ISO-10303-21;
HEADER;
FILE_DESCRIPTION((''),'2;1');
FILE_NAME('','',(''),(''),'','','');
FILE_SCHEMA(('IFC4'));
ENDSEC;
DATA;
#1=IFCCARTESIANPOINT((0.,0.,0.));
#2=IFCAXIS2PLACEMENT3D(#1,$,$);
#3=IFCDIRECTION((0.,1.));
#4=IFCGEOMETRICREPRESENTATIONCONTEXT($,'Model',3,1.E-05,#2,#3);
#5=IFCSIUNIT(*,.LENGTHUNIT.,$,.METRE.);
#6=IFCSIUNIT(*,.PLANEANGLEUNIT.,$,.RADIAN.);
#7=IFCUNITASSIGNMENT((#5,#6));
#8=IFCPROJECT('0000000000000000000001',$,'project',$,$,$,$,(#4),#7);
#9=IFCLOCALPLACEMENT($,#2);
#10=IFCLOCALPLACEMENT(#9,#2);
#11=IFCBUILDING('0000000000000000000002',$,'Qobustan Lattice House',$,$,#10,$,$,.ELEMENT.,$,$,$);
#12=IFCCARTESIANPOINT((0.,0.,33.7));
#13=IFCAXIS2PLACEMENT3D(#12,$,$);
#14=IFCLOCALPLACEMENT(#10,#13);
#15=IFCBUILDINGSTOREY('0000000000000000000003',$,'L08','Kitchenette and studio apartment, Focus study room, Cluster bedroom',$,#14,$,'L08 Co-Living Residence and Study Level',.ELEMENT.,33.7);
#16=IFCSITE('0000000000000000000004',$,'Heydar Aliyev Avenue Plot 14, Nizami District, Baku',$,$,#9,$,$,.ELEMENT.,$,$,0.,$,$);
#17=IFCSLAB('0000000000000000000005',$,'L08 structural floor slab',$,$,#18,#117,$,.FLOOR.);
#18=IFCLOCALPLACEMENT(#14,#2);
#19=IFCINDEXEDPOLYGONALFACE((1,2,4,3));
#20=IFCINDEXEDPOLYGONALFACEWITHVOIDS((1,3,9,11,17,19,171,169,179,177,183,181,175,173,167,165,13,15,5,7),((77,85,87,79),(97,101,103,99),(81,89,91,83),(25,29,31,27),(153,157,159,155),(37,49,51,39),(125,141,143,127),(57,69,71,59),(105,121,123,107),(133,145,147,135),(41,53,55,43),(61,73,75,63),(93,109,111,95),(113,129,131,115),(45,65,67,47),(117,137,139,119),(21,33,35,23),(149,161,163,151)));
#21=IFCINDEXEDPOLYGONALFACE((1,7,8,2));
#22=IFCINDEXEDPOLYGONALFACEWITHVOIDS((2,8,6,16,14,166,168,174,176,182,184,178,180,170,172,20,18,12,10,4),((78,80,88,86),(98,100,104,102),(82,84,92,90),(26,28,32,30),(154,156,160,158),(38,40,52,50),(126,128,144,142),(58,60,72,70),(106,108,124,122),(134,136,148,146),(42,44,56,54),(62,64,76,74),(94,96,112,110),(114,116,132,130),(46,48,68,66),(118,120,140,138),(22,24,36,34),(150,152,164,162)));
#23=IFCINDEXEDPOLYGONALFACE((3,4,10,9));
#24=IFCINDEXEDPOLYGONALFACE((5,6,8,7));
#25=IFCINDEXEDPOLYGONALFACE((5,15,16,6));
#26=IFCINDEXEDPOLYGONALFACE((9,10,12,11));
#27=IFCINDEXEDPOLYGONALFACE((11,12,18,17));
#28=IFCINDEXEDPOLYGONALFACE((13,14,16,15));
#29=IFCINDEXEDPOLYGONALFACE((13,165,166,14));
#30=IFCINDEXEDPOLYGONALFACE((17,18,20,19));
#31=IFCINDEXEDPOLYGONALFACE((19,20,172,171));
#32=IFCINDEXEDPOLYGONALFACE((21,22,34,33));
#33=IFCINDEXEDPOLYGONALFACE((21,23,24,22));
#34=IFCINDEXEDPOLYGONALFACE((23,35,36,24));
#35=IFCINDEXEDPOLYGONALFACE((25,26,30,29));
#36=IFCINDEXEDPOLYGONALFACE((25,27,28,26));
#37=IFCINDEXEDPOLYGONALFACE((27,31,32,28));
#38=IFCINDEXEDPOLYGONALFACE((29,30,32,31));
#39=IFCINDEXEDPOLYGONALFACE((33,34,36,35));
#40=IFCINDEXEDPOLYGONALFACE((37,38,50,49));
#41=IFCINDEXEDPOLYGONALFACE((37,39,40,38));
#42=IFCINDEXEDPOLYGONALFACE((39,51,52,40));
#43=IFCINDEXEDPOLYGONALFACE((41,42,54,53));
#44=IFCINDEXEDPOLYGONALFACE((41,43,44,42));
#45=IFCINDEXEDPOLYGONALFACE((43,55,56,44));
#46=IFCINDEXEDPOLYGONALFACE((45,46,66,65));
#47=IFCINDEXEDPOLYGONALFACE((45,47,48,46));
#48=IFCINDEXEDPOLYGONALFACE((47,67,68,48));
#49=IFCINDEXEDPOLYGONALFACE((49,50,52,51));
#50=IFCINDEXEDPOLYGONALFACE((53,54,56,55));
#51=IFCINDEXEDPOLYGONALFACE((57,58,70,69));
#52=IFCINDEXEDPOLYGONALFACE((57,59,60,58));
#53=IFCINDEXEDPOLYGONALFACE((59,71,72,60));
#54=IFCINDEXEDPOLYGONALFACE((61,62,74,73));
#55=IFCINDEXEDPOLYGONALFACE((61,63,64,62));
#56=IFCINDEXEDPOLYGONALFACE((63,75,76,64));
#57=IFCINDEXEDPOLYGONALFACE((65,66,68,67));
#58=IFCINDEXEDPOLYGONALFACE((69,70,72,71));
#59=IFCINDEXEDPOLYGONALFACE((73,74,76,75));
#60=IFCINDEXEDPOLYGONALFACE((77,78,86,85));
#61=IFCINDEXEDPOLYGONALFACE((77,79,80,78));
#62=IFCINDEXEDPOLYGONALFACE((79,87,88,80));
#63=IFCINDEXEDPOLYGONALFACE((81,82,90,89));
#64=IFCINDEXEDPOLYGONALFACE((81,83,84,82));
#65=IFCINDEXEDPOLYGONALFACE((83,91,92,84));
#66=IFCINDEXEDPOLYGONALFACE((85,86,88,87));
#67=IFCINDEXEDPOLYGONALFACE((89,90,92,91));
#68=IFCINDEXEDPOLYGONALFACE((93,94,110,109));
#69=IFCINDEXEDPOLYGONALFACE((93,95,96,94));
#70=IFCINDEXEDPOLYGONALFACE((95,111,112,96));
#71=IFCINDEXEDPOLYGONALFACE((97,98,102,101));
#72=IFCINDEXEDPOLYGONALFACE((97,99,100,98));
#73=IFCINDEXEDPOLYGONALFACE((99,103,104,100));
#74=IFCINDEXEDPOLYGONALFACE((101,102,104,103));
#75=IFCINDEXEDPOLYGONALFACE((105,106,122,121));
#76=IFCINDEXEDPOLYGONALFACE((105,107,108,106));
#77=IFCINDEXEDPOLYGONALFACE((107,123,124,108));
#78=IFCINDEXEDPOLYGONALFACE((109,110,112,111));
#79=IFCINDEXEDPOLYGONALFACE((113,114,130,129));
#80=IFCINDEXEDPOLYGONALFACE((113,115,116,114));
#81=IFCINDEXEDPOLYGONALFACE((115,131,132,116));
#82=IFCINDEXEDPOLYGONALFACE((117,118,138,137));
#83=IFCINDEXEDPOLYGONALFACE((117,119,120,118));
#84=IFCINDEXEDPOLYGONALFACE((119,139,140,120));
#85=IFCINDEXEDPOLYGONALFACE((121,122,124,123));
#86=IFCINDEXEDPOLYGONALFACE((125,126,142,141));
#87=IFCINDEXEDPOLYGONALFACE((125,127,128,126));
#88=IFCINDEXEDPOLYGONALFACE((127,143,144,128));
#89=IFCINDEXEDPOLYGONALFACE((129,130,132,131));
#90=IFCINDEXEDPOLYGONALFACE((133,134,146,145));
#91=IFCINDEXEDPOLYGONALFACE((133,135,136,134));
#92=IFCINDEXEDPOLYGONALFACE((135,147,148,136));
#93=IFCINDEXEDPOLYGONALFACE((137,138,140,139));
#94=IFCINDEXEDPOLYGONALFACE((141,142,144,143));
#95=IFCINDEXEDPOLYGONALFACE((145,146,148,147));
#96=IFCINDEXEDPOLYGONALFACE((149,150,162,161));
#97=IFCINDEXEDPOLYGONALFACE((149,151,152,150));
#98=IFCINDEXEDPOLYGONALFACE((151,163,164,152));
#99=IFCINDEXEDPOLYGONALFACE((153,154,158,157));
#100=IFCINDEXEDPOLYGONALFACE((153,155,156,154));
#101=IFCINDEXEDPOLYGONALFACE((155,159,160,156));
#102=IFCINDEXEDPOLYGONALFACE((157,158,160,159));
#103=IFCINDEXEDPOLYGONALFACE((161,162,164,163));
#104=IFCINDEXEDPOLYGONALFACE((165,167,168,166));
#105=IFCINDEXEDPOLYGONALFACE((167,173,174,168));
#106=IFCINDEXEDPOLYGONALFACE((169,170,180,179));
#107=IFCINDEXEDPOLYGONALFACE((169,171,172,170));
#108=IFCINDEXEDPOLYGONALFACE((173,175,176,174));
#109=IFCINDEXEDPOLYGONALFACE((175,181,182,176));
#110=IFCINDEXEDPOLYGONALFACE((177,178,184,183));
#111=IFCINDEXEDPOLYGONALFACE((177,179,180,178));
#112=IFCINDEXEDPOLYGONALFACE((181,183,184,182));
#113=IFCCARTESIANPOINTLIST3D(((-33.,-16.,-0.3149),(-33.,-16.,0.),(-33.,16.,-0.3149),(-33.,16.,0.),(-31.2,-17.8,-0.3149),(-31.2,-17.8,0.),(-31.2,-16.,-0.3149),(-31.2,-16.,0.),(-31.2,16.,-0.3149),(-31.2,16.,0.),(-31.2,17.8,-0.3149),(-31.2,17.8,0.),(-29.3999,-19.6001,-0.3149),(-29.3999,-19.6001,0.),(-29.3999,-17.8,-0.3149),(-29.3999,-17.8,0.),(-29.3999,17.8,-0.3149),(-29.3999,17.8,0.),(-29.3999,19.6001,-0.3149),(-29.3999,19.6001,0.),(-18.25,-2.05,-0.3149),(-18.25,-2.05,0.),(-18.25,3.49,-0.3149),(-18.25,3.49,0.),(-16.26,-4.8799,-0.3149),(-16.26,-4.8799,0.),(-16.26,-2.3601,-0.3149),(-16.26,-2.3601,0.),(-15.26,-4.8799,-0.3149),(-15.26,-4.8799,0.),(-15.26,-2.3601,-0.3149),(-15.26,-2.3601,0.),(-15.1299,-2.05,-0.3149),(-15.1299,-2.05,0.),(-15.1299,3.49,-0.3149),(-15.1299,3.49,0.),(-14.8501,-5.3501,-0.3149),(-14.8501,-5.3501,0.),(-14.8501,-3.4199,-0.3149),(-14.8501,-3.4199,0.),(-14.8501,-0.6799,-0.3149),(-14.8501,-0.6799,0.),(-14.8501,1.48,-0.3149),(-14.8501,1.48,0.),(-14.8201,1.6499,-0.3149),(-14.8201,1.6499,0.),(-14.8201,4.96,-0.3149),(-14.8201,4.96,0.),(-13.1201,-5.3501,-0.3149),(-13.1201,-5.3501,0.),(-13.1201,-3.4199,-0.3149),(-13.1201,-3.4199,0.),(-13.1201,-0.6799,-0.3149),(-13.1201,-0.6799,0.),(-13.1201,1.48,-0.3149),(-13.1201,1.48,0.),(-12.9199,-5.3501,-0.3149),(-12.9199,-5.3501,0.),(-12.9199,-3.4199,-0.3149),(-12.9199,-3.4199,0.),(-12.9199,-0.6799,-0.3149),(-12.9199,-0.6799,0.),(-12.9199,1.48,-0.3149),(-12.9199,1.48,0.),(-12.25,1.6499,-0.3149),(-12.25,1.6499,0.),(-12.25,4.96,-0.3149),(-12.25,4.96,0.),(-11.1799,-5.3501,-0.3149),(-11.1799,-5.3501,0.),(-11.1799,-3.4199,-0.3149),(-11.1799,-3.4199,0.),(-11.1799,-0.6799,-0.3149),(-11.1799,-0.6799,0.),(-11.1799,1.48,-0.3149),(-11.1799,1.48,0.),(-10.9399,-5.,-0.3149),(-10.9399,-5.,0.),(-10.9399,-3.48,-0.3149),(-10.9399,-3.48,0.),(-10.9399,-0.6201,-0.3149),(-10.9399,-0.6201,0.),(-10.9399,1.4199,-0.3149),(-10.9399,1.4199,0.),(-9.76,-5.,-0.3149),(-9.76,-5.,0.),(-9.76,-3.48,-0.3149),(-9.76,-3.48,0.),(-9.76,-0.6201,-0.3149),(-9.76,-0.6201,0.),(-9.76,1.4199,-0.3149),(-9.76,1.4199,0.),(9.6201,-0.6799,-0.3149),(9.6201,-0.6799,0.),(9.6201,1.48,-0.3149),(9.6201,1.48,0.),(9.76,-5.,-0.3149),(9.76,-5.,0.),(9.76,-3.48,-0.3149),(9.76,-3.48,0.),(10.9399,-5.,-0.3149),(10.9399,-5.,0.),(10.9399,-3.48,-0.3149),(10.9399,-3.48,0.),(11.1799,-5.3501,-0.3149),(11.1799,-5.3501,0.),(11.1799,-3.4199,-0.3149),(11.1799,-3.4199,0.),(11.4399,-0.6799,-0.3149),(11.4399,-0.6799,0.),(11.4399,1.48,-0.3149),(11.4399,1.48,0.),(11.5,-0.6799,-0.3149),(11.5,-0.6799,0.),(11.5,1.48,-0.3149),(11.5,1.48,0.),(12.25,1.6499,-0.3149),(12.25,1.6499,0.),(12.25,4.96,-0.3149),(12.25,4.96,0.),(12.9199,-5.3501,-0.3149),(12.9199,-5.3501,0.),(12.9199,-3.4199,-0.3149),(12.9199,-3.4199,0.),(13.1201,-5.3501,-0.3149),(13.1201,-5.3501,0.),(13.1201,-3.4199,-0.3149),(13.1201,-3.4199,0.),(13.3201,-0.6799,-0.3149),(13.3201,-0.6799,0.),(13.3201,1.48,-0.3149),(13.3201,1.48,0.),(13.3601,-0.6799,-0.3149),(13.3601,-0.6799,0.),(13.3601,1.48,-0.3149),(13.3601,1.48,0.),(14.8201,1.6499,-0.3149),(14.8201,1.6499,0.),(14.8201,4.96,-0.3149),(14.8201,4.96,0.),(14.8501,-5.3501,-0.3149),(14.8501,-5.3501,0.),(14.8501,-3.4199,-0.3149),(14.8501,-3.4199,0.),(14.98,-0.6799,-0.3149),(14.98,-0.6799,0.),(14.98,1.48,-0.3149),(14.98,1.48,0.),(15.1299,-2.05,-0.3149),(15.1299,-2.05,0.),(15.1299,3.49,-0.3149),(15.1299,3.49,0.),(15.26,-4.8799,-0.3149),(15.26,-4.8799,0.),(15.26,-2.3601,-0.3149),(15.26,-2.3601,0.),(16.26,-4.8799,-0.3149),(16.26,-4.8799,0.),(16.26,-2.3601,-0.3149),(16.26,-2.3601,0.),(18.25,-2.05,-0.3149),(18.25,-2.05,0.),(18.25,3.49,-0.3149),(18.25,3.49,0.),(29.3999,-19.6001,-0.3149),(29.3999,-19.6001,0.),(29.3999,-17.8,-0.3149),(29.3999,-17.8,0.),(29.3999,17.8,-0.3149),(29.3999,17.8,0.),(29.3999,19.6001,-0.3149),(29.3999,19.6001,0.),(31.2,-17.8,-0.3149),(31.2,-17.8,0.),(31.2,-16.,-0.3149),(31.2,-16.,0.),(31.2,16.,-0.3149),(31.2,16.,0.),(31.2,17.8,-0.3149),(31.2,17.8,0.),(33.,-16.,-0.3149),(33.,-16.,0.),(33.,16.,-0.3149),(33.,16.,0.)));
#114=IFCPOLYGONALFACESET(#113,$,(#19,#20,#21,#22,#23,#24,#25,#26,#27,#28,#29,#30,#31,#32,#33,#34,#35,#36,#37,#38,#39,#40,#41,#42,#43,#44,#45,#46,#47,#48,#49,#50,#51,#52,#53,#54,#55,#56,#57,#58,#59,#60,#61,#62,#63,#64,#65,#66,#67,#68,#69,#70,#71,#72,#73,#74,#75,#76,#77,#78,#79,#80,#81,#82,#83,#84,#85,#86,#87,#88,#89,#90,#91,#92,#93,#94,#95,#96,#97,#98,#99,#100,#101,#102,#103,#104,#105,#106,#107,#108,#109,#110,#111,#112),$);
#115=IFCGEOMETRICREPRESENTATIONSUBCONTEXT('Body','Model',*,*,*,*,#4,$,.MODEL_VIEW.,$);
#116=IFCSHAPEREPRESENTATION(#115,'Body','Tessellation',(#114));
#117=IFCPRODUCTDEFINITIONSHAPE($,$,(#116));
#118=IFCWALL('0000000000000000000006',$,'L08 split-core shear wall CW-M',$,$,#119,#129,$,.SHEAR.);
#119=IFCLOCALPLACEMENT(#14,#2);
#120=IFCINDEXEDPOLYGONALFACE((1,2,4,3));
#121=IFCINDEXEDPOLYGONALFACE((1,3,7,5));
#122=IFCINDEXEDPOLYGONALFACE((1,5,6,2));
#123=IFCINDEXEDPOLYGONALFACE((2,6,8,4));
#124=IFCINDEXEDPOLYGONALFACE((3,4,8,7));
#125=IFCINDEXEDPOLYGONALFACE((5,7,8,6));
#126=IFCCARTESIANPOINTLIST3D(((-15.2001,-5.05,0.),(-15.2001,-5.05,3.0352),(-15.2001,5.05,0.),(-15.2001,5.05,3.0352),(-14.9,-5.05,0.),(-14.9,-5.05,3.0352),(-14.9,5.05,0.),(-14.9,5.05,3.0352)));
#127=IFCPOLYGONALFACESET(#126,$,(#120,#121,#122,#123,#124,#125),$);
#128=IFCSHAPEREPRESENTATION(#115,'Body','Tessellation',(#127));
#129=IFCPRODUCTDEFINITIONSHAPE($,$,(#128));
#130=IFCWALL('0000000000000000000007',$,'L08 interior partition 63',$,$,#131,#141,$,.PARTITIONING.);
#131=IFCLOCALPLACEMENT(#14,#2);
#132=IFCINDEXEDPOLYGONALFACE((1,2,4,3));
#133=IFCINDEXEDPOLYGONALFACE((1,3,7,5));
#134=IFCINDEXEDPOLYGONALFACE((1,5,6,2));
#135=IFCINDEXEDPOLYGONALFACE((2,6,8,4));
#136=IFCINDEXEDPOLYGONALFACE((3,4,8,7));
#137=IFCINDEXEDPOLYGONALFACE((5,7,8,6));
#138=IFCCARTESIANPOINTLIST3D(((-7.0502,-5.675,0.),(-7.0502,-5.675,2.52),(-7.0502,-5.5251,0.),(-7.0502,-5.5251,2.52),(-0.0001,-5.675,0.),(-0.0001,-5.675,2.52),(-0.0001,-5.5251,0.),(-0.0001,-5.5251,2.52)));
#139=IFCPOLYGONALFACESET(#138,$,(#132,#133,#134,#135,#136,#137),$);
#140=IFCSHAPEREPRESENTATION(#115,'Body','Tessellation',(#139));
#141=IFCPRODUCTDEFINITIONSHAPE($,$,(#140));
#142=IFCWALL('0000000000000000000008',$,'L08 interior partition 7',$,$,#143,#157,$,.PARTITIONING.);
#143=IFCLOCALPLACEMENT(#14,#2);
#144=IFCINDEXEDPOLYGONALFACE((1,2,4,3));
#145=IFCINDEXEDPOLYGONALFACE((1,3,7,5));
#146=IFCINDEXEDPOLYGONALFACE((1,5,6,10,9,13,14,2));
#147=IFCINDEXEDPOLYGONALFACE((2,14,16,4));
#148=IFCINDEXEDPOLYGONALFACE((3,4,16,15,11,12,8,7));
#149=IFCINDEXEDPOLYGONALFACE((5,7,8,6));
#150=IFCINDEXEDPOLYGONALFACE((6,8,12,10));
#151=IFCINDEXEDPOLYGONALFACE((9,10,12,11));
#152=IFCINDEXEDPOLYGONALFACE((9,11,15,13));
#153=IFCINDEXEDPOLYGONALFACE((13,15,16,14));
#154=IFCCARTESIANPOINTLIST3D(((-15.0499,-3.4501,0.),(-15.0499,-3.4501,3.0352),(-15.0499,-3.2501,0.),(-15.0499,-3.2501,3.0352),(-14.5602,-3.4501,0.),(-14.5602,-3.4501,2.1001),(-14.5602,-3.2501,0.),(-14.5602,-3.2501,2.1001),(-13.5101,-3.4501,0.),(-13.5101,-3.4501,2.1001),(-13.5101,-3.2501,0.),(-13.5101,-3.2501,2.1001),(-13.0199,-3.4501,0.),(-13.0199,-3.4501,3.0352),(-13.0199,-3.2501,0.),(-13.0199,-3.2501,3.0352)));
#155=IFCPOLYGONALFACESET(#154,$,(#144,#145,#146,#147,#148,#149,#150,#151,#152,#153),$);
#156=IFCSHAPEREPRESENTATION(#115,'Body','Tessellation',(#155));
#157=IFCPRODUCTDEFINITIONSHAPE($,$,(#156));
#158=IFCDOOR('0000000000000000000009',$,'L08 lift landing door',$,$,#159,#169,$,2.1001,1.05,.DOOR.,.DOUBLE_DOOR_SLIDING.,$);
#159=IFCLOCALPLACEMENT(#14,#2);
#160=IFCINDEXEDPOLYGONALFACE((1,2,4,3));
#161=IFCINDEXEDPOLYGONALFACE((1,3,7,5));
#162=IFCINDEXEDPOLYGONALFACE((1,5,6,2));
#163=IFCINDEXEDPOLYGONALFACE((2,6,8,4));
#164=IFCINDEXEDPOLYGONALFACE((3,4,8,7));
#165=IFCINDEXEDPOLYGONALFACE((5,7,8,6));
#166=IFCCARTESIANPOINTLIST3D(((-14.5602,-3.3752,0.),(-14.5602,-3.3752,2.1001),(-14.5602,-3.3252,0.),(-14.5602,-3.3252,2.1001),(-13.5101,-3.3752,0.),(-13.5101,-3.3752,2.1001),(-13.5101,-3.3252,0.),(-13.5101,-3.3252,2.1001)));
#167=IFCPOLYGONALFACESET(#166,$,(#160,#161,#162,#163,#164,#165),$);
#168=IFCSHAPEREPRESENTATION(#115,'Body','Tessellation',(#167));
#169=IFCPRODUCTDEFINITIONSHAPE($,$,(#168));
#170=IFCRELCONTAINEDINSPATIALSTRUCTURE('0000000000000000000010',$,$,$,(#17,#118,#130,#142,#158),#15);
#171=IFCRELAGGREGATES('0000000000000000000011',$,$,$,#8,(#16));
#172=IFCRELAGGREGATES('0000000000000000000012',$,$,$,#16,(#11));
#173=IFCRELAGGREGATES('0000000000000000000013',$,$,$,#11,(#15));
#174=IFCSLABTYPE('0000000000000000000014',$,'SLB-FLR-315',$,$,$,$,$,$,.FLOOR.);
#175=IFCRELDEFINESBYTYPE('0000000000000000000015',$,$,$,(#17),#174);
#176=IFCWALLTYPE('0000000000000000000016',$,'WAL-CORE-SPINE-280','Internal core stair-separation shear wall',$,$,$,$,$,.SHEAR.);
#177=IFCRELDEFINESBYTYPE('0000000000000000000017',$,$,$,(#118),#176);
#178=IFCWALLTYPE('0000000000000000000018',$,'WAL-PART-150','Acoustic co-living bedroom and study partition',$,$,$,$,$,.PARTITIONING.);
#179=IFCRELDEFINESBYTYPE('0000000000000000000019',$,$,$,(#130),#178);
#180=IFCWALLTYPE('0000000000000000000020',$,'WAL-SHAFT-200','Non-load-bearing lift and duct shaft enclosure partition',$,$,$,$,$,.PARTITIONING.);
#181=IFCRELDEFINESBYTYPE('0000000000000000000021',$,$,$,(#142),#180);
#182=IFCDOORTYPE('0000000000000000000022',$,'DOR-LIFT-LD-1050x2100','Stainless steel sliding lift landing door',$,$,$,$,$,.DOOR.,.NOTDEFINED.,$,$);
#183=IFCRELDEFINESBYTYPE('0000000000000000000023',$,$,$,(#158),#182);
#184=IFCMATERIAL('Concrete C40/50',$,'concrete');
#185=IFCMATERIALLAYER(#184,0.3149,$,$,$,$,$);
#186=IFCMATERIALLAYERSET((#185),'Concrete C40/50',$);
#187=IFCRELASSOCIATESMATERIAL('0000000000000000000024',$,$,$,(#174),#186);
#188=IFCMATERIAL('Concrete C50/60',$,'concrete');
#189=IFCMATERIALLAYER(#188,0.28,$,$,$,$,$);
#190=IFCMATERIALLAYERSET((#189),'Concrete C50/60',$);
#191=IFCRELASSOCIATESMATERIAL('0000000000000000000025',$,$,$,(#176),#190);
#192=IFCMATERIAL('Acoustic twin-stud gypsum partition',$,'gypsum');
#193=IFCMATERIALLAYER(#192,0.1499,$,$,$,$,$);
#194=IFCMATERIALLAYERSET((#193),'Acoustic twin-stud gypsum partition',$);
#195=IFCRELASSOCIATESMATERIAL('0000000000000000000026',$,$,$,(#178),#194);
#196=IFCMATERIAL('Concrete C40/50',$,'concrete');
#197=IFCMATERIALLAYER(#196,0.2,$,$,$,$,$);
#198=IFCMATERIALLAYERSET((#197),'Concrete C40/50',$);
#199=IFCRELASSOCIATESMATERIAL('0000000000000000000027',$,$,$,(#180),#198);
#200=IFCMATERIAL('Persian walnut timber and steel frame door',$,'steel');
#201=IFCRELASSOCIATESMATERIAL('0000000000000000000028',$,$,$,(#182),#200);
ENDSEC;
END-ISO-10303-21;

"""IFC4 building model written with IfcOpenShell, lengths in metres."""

from ifc_helpers import new_model, si_unit, direction, frame, frame_2d, origin, place, context, subcontext, project, spatial, polyline, rectangle, outline, extrude, material, layer, layer_set, type_object, element, fill, save


model = new_model("IFC4")

# Units and contexts
model_context = context("Model", 3, precision=1e-05, world=origin(), true_north=direction((0.0, 1.0)))
body_context = subcontext(model_context, "Body", "Model", "MODEL_VIEW")
ifc_project = project(units=[si_unit("LENGTHUNIT", "METRE"), si_unit("PLANEANGLEUNIT", "RADIAN")], contexts=[model_context])

# Site, building, storey
site_placement = place(None, origin())
site = spatial("IfcSite", under=ifc_project, at=site_placement, Name="Heydar Aliyev Avenue Plot 14, Nizami District, Baku", CompositionType="ELEMENT", RefElevation=0.0)
building_placement = place(site_placement, origin())
building = spatial("IfcBuilding", under=site, at=building_placement, Name="Qobustan Lattice House", CompositionType="ELEMENT")
storey_placement = place(building_placement, frame((0.0, 0.0, 33.7)))
storey = spatial("IfcBuildingStorey", under=building, at=storey_placement, Name="L08", Description="Kitchenette and studio apartment, Focus study room, Cluster bedroom", LongName="L08 Co-Living Residence and Study Level", CompositionType="ELEMENT", Elevation=33.7)

# Slab
ifc_material_1 = material(Name="Concrete C40/50", Category="concrete")
ifc_layer_1 = layer(ifc_material_1, 0.3149)
ifc_layer_set_1 = layer_set([ifc_layer_1], Name="Concrete C40/50")
slab_type = type_object("IfcSlabType", Name="SLB-FLR-315", PredefinedType="FLOOR", material=ifc_layer_set_1)
slab_placement = place(storey_placement, frame((0.0, 0.0, -0.3149)))
element("IfcSlab", 1, at=slab_placement, inside=storey, type_object=slab_type, Name="L08 structural floor slab", PredefinedType="FLOOR", context=body_context, shape_type="SweptSolid", body=[
    extrude(outline(polyline([(-29.3999, -19.6001), (29.3999, -19.6001), (29.3999, -17.8), (31.2, -17.8), (31.2, -16.0), (33.0, -16.0), (33.0, 16.0), (31.2, 16.0), (31.2, 17.8), (29.3999, 17.8), (29.3999, 19.6001), (-29.3999, 19.6001), (-29.3999, 17.8), (-31.2, 17.8), (-31.2, 16.0), (-33.0, 16.0), (-33.0, -16.0), (-31.2, -16.0), (-31.2, -17.8), (-29.3999, -17.8), (-29.3999, -19.6001)]), holes=[polyline([(-18.25, -2.05), (-18.25, 3.49), (-15.1299, 3.49), (-15.1299, -2.05), (-18.25, -2.05)]), polyline([(15.1299, -2.05), (15.1299, 3.49), (18.25, 3.49), (18.25, -2.05), (15.1299, -2.05)]), polyline([(-14.8201, 1.6499), (-14.8201, 4.96), (-12.25, 4.96), (-12.25, 1.6499), (-14.8201, 1.6499)]), polyline([(12.25, 1.6499), (12.25, 4.96), (14.8201, 4.96), (14.8201, 1.6499), (12.25, 1.6499)]), polyline([(-16.26, -4.8799), (-16.26, -2.3601), (-15.26, -2.3601), (-15.26, -4.8799), (-16.26, -4.8799)]), polyline([(15.26, -4.8799), (15.26, -2.3601), (16.26, -2.3601), (16.26, -4.8799), (15.26, -4.8799)]), polyline([(-14.8501, -5.3501), (-14.8501, -3.4199), (-13.1201, -3.4199), (-13.1201, -5.3501), (-14.8501, -5.3501)]), polyline([(-12.9199, -5.3501), (-12.9199, -3.4199), (-11.1799, -3.4199), (-11.1799, -5.3501), (-12.9199, -5.3501)]), polyline([(-14.8501, -0.6799), (-14.8501, 1.48), (-13.1201, 1.48), (-13.1201, -0.6799), (-14.8501, -0.6799)]), polyline([(-12.9199, -0.6799), (-12.9199, 1.48), (-11.1799, 1.48), (-11.1799, -0.6799), (-12.9199, -0.6799)]), polyline([(-10.9399, -5.0), (-10.9399, -3.48), (-9.76, -3.48), (-9.76, -5.0), (-10.9399, -5.0)]), polyline([(-10.9399, -0.6201), (-10.9399, 1.4199), (-9.76, 1.4199), (-9.76, -0.6201), (-10.9399, -0.6201)]), polyline([(11.1799, -5.3501), (11.1799, -3.4199), (12.9199, -3.4199), (12.9199, -5.3501), (11.1799, -5.3501)]), polyline([(13.1201, -5.3501), (13.1201, -3.4199), (14.8501, -3.4199), (14.8501, -5.3501), (13.1201, -5.3501)]), polyline([(9.76, -5.0), (9.76, -3.48), (10.9399, -3.48), (10.9399, -5.0), (9.76, -5.0)]), polyline([(13.3601, -0.6799), (13.3601, 1.48), (14.98, 1.48), (14.98, -0.6799), (13.3601, -0.6799)]), polyline([(9.6201, -0.6799), (9.6201, 1.48), (11.4399, 1.48), (11.4399, -0.6799), (9.6201, -0.6799)]), polyline([(11.5, -0.6799), (11.5, 1.48), (13.3201, 1.48), (13.3201, -0.6799), (11.5, -0.6799)])]), origin(), (0.0, 0.0, 1.0), 0.3149),
])

# Wall
ifc_material_2 = material(Name="Concrete C50/60", Category="concrete")
ifc_layer_2 = layer(ifc_material_2, 0.28)
ifc_layer_set_2 = layer_set([ifc_layer_2], Name="Concrete C50/60")
wall_type_1 = type_object("IfcWallType", Name="WAL-CORE-SPINE-280", Description="Internal core stair-separation shear wall", PredefinedType="SHEAR", material=ifc_layer_set_2)
wall_1_placement = place(storey_placement, frame((-15.05, -5.05, 0.0), z_axis=(0.0, 0.0, 1.0), x_axis=(0.0, 1.0, 0.0)))
element("IfcWall", 2, at=wall_1_placement, inside=storey, type_object=wall_type_1, Name="L08 split-core shear wall CW-M", PredefinedType="SHEAR", context=body_context, shape_type="SweptSolid", body=[
    extrude(rectangle(XDim=10.1001, YDim=0.3, at=frame_2d((5.05, 0.0))), origin(), (0.0, 0.0, 1.0), 3.0352),
])

# Wall
ifc_material_3 = material(Name="Acoustic twin-stud gypsum partition", Category="gypsum")
ifc_layer_3 = layer(ifc_material_3, 0.1499)
ifc_layer_set_3 = layer_set([ifc_layer_3], Name="Acoustic twin-stud gypsum partition")
wall_type_2 = type_object("IfcWallType", Name="WAL-PART-150", Description="Acoustic co-living bedroom and study partition", PredefinedType="PARTITIONING", material=ifc_layer_set_3)
wall_2_placement = place(storey_placement, frame((-7.05, -5.6001, 0.0), z_axis=(0.0, 0.0, 1.0), x_axis=(1.0, 0.0, 0.0)))
element("IfcWall", 3, at=wall_2_placement, inside=storey, type_object=wall_type_2, Name="L08 interior partition 63", PredefinedType="PARTITIONING", context=body_context, shape_type="SweptSolid", body=[
    extrude(rectangle(XDim=7.05, YDim=0.1499, at=frame_2d((3.5249, 0.0))), origin(), (0.0, 0.0, 1.0), 2.52),
])

# Wall, opening, door
ifc_material_4 = material(Name="Concrete C40/50", Category="concrete")
ifc_layer_4 = layer(ifc_material_4, 0.2)
ifc_layer_set_4 = layer_set([ifc_layer_4], Name="Concrete C40/50")
wall_type_3 = type_object("IfcWallType", Name="WAL-SHAFT-200", Description="Non-load-bearing lift and duct shaft enclosure partition", PredefinedType="PARTITIONING", material=ifc_layer_set_4)
wall_3_placement = place(storey_placement, frame((-15.05, -3.3501, 0.0), z_axis=(0.0, 0.0, 1.0), x_axis=(1.0, 0.0, 0.0)))
wall_3 = element("IfcWall", 4, at=wall_3_placement, inside=storey, type_object=wall_type_3, Name="L08 interior partition 7", PredefinedType="PARTITIONING", context=body_context, shape_type="SweptSolid", body=[
    extrude(rectangle(XDim=2.03, YDim=0.2, at=frame_2d((1.0151, 0.0))), origin(), (0.0, 0.0, 1.0), 3.0352),
])
opening_1_placement = place(wall_3_placement, frame((0.49, 0.0, 0.0)))
opening_1 = element("IfcOpeningElement", 5, at=opening_1_placement, cuts=wall_3, PredefinedType="OPENING", context=body_context, shape_type="SweptSolid", body=[
    extrude(rectangle(XDim=1.05, YDim=2.1001, at=frame_2d((0.5249, 1.05))), frame((0.0, 0.1099, 0.0), z_axis=(0.0, -1.0, 0.0), x_axis=(1.0, 0.0, 0.0)), (0.0, 0.0, 1.0), 0.22),
])
ifc_material_5 = material(Name="Persian walnut timber and steel frame door", Category="steel")
door_type_1 = type_object("IfcDoorType", Name="DOR-LIFT-LD-1050x2100", Description="Stainless steel sliding lift landing door", OperationType="NOTDEFINED", PredefinedType="DOOR", material=ifc_material_5)
door_1_placement = place(opening_1_placement, origin())
door_1 = element("IfcDoor", 6, at=door_1_placement, inside=storey, type_object=door_type_1, Name="L08 lift landing door", OperationType="DOUBLE_DOOR_SLIDING", OverallHeight=2.1001, OverallWidth=1.05, PredefinedType="DOOR", context=body_context, shape_type="SweptSolid", body=[
    extrude(rectangle(XDim=1.05, YDim=2.1001, at=frame_2d((0.5249, 1.05))), frame((0.0, 0.0249, 0.0), z_axis=(0.0, -1.0, 0.0), x_axis=(1.0, 0.0, 0.0)), (0.0, 0.0, 1.0), 0.05),
])
fill(opening_1, door_1)

save(model, "model.ifc")
